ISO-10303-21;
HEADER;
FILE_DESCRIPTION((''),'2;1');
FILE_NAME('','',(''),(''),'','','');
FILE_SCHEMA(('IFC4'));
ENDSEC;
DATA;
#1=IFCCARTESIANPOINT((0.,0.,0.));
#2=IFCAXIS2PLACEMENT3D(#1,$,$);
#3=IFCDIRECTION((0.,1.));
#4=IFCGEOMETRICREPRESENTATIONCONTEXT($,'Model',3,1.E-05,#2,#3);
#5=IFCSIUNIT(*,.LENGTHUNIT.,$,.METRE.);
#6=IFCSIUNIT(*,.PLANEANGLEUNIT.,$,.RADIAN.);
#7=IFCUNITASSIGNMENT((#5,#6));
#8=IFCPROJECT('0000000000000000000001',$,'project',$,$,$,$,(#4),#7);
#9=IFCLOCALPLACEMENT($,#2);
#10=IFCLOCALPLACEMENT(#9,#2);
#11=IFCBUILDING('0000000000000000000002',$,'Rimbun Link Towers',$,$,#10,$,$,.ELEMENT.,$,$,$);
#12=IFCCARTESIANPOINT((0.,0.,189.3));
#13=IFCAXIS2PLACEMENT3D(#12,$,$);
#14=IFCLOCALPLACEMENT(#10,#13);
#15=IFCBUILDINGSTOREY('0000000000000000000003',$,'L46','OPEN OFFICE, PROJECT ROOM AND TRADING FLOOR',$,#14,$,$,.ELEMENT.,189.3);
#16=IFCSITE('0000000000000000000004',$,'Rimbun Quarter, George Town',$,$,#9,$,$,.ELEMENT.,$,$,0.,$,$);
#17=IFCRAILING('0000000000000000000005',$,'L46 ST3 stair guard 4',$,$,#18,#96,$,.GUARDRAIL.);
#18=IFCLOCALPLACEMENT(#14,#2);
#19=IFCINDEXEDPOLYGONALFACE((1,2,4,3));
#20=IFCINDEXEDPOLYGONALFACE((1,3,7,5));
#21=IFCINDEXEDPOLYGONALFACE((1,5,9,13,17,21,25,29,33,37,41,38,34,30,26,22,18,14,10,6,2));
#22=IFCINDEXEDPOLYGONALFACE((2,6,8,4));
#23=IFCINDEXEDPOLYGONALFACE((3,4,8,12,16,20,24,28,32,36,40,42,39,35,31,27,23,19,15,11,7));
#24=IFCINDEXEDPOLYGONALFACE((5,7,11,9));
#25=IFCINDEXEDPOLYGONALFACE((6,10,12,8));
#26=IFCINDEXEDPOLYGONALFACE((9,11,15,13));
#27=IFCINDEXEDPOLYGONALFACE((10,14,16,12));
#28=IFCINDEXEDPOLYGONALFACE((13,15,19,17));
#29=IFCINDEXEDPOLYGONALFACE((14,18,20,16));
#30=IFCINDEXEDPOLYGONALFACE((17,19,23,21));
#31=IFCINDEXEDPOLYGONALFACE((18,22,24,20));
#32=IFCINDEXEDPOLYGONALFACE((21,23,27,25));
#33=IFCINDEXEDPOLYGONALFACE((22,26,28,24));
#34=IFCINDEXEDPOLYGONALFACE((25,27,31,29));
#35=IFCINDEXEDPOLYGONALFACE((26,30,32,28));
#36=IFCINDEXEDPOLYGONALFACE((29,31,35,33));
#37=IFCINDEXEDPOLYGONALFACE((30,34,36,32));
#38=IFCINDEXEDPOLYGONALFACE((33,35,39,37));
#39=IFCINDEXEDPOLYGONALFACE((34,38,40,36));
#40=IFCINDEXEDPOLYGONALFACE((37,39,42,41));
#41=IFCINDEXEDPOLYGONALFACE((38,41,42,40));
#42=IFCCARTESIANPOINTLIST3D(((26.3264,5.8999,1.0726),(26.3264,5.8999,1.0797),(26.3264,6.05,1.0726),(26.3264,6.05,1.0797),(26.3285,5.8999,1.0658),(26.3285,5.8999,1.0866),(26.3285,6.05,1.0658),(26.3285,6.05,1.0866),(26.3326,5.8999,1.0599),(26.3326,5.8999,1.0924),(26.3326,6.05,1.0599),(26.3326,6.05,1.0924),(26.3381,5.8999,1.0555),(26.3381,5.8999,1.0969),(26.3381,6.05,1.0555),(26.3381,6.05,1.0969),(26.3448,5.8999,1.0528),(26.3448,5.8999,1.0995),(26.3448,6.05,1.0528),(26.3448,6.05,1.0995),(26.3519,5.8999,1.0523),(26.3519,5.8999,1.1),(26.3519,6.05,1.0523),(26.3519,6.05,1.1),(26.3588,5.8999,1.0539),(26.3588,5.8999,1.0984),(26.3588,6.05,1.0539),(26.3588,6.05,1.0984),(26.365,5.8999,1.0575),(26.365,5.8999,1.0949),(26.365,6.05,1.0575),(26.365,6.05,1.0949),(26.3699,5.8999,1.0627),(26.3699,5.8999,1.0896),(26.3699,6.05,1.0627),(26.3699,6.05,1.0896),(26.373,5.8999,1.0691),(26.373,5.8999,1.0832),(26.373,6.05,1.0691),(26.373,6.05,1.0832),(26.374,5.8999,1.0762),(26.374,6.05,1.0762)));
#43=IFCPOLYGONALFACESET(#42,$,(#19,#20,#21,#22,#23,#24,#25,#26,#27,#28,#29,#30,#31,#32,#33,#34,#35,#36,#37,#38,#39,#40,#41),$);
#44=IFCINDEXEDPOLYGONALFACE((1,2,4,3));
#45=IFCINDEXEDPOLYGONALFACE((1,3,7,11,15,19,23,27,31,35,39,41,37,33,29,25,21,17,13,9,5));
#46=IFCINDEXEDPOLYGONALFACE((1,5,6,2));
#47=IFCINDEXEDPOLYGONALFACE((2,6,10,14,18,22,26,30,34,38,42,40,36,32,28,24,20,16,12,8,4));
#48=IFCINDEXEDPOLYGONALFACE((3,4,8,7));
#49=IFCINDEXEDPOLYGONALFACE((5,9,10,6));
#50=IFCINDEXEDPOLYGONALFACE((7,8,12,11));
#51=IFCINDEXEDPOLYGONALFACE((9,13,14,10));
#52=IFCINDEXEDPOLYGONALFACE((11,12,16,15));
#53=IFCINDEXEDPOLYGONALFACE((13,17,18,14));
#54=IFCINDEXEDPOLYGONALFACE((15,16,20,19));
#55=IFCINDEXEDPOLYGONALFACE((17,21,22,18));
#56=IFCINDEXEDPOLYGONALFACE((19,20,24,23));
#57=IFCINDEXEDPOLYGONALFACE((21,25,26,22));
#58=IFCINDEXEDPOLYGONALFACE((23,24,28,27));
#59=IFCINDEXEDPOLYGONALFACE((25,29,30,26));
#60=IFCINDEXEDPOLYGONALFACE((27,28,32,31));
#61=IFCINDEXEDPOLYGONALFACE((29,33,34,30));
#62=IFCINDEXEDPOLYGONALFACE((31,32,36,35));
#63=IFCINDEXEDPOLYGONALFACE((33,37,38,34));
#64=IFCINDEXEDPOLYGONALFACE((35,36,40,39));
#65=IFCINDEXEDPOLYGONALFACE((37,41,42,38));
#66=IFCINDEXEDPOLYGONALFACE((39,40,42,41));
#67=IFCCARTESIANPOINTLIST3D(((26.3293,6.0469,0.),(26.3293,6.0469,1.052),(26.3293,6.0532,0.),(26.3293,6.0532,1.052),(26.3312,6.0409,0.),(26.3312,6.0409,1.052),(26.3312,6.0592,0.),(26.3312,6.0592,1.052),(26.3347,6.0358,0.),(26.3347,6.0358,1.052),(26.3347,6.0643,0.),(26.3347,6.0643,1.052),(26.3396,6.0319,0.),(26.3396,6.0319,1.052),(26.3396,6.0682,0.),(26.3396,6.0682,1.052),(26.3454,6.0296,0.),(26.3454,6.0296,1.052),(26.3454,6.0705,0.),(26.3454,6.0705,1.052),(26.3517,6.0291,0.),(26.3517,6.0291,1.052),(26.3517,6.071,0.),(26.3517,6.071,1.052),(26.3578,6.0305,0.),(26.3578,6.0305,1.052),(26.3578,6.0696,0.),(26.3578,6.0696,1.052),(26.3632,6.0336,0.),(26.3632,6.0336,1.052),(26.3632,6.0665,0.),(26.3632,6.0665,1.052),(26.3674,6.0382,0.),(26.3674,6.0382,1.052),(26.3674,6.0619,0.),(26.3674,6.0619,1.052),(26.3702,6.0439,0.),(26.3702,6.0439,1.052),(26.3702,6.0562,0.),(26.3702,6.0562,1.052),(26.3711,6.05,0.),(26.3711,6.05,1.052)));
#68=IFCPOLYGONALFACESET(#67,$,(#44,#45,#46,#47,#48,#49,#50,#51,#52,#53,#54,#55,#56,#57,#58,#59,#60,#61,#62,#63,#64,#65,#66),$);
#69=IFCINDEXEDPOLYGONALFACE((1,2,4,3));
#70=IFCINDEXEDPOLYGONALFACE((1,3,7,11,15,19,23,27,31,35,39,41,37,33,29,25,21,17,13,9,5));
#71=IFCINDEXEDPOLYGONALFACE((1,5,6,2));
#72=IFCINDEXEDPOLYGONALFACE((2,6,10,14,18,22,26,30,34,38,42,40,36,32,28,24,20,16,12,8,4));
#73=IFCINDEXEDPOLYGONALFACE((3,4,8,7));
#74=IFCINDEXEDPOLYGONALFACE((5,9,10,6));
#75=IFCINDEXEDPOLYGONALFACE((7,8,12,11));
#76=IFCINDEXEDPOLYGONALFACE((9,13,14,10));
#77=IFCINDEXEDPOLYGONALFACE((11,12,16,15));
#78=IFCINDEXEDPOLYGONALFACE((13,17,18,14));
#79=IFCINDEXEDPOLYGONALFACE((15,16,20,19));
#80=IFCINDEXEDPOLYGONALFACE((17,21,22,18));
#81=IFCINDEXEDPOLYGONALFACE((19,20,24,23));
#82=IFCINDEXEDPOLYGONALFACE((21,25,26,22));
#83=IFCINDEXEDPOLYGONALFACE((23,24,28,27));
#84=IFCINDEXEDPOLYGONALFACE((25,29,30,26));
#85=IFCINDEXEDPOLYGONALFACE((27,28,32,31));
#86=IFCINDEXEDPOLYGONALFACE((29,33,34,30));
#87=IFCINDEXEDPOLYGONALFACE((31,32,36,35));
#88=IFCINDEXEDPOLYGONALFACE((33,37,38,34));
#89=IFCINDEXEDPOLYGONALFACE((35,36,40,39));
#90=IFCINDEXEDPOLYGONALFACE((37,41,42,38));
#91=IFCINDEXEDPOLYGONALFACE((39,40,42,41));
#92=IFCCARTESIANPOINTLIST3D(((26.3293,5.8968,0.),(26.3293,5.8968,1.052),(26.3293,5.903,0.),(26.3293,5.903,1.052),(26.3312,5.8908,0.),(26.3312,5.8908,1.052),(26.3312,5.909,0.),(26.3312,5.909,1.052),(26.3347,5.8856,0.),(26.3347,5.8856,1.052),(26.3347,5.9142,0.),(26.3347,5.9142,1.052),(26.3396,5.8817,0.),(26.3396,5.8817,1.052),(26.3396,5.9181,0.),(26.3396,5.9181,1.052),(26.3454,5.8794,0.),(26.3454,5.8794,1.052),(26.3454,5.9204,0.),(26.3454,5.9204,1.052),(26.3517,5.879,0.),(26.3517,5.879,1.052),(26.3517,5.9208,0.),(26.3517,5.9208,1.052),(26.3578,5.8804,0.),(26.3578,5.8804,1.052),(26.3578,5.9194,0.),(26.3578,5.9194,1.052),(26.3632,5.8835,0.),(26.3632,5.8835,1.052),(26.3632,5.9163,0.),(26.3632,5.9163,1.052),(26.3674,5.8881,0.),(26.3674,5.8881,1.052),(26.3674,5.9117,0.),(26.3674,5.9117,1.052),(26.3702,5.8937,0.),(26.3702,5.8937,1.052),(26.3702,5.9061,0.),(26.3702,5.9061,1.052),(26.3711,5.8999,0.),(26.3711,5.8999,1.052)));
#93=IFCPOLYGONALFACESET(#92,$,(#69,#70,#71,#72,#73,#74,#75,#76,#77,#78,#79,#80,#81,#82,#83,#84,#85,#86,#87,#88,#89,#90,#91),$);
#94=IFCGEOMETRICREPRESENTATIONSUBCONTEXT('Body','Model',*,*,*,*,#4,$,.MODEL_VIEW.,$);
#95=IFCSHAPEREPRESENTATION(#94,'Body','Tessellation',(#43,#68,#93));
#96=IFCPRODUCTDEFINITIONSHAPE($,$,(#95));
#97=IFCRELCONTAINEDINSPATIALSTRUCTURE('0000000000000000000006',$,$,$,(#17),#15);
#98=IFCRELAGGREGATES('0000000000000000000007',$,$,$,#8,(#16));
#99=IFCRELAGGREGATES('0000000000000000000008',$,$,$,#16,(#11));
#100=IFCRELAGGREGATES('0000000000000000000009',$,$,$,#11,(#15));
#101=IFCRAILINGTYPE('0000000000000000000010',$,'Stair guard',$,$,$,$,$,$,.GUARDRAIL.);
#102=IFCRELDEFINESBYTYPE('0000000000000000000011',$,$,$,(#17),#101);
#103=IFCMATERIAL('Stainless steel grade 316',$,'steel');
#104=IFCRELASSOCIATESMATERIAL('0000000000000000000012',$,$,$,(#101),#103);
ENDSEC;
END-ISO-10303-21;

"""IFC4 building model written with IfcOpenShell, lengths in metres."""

from ifc_helpers import new_model, si_unit, direction, frame, origin, origin_2d, place, context, subcontext, project, spatial, circle, extrude, material, type_object, element, save


model = new_model("IFC4")

# Units and contexts
model_context = context("Model", 3, precision=1e-05, world=origin(), true_north=direction((0.0, 1.0)))
body_context = subcontext(model_context, "Body", "Model", "MODEL_VIEW")
ifc_project = project(units=[si_unit("LENGTHUNIT", "METRE"), si_unit("PLANEANGLEUNIT", "RADIAN")], contexts=[model_context])

# Site, building, storey
site_placement = place(None, origin())
site = spatial("IfcSite", under=ifc_project, at=site_placement, Name="Rimbun Quarter, George Town", CompositionType="ELEMENT", RefElevation=0.0)
building_placement = place(site_placement, origin())
building = spatial("IfcBuilding", under=site, at=building_placement, Name="Rimbun Link Towers", CompositionType="ELEMENT")
storey_placement = place(building_placement, frame((0.0, 0.0, 189.3)))
storey = spatial("IfcBuildingStorey", under=building, at=storey_placement, Name="L46", Description="OPEN OFFICE, PROJECT ROOM AND TRADING FLOOR", CompositionType="ELEMENT", Elevation=189.3)

# Railing
ifc_material_1 = material(Name="Stainless steel grade 316", Category="steel")
railing_type_1 = type_object("IfcRailingType", Name="Stair guard", PredefinedType="GUARDRAIL", material=ifc_material_1)
railing_1_placement = place(storey_placement, frame((26.3501, 6.05, 0.0)))
element("IfcRailing", 1, at=railing_1_placement, inside=storey, type_object=railing_type_1, Name="L46 ST3 stair guard 4", PredefinedType="GUARDRAIL", context=body_context, shape_type="SweptSolid", body=[
    extrude(circle(Radius=0.0239, at=origin_2d()), frame((0.0, 0.0, 1.0762), z_axis=(0.0, -1.0, 0.0), x_axis=(1.0, 0.0, 0.0)), (0.0, 0.0, 1.0), 0.1501),
    extrude(circle(Radius=0.021, at=origin_2d()), origin(), (0.0, 0.0, 1.0), 1.052),
    extrude(circle(Radius=0.021, at=origin_2d()), frame((0.0, -0.1501, 0.0)), (0.0, 0.0, 1.0), 1.052),
])

save(model, "model.ifc")
